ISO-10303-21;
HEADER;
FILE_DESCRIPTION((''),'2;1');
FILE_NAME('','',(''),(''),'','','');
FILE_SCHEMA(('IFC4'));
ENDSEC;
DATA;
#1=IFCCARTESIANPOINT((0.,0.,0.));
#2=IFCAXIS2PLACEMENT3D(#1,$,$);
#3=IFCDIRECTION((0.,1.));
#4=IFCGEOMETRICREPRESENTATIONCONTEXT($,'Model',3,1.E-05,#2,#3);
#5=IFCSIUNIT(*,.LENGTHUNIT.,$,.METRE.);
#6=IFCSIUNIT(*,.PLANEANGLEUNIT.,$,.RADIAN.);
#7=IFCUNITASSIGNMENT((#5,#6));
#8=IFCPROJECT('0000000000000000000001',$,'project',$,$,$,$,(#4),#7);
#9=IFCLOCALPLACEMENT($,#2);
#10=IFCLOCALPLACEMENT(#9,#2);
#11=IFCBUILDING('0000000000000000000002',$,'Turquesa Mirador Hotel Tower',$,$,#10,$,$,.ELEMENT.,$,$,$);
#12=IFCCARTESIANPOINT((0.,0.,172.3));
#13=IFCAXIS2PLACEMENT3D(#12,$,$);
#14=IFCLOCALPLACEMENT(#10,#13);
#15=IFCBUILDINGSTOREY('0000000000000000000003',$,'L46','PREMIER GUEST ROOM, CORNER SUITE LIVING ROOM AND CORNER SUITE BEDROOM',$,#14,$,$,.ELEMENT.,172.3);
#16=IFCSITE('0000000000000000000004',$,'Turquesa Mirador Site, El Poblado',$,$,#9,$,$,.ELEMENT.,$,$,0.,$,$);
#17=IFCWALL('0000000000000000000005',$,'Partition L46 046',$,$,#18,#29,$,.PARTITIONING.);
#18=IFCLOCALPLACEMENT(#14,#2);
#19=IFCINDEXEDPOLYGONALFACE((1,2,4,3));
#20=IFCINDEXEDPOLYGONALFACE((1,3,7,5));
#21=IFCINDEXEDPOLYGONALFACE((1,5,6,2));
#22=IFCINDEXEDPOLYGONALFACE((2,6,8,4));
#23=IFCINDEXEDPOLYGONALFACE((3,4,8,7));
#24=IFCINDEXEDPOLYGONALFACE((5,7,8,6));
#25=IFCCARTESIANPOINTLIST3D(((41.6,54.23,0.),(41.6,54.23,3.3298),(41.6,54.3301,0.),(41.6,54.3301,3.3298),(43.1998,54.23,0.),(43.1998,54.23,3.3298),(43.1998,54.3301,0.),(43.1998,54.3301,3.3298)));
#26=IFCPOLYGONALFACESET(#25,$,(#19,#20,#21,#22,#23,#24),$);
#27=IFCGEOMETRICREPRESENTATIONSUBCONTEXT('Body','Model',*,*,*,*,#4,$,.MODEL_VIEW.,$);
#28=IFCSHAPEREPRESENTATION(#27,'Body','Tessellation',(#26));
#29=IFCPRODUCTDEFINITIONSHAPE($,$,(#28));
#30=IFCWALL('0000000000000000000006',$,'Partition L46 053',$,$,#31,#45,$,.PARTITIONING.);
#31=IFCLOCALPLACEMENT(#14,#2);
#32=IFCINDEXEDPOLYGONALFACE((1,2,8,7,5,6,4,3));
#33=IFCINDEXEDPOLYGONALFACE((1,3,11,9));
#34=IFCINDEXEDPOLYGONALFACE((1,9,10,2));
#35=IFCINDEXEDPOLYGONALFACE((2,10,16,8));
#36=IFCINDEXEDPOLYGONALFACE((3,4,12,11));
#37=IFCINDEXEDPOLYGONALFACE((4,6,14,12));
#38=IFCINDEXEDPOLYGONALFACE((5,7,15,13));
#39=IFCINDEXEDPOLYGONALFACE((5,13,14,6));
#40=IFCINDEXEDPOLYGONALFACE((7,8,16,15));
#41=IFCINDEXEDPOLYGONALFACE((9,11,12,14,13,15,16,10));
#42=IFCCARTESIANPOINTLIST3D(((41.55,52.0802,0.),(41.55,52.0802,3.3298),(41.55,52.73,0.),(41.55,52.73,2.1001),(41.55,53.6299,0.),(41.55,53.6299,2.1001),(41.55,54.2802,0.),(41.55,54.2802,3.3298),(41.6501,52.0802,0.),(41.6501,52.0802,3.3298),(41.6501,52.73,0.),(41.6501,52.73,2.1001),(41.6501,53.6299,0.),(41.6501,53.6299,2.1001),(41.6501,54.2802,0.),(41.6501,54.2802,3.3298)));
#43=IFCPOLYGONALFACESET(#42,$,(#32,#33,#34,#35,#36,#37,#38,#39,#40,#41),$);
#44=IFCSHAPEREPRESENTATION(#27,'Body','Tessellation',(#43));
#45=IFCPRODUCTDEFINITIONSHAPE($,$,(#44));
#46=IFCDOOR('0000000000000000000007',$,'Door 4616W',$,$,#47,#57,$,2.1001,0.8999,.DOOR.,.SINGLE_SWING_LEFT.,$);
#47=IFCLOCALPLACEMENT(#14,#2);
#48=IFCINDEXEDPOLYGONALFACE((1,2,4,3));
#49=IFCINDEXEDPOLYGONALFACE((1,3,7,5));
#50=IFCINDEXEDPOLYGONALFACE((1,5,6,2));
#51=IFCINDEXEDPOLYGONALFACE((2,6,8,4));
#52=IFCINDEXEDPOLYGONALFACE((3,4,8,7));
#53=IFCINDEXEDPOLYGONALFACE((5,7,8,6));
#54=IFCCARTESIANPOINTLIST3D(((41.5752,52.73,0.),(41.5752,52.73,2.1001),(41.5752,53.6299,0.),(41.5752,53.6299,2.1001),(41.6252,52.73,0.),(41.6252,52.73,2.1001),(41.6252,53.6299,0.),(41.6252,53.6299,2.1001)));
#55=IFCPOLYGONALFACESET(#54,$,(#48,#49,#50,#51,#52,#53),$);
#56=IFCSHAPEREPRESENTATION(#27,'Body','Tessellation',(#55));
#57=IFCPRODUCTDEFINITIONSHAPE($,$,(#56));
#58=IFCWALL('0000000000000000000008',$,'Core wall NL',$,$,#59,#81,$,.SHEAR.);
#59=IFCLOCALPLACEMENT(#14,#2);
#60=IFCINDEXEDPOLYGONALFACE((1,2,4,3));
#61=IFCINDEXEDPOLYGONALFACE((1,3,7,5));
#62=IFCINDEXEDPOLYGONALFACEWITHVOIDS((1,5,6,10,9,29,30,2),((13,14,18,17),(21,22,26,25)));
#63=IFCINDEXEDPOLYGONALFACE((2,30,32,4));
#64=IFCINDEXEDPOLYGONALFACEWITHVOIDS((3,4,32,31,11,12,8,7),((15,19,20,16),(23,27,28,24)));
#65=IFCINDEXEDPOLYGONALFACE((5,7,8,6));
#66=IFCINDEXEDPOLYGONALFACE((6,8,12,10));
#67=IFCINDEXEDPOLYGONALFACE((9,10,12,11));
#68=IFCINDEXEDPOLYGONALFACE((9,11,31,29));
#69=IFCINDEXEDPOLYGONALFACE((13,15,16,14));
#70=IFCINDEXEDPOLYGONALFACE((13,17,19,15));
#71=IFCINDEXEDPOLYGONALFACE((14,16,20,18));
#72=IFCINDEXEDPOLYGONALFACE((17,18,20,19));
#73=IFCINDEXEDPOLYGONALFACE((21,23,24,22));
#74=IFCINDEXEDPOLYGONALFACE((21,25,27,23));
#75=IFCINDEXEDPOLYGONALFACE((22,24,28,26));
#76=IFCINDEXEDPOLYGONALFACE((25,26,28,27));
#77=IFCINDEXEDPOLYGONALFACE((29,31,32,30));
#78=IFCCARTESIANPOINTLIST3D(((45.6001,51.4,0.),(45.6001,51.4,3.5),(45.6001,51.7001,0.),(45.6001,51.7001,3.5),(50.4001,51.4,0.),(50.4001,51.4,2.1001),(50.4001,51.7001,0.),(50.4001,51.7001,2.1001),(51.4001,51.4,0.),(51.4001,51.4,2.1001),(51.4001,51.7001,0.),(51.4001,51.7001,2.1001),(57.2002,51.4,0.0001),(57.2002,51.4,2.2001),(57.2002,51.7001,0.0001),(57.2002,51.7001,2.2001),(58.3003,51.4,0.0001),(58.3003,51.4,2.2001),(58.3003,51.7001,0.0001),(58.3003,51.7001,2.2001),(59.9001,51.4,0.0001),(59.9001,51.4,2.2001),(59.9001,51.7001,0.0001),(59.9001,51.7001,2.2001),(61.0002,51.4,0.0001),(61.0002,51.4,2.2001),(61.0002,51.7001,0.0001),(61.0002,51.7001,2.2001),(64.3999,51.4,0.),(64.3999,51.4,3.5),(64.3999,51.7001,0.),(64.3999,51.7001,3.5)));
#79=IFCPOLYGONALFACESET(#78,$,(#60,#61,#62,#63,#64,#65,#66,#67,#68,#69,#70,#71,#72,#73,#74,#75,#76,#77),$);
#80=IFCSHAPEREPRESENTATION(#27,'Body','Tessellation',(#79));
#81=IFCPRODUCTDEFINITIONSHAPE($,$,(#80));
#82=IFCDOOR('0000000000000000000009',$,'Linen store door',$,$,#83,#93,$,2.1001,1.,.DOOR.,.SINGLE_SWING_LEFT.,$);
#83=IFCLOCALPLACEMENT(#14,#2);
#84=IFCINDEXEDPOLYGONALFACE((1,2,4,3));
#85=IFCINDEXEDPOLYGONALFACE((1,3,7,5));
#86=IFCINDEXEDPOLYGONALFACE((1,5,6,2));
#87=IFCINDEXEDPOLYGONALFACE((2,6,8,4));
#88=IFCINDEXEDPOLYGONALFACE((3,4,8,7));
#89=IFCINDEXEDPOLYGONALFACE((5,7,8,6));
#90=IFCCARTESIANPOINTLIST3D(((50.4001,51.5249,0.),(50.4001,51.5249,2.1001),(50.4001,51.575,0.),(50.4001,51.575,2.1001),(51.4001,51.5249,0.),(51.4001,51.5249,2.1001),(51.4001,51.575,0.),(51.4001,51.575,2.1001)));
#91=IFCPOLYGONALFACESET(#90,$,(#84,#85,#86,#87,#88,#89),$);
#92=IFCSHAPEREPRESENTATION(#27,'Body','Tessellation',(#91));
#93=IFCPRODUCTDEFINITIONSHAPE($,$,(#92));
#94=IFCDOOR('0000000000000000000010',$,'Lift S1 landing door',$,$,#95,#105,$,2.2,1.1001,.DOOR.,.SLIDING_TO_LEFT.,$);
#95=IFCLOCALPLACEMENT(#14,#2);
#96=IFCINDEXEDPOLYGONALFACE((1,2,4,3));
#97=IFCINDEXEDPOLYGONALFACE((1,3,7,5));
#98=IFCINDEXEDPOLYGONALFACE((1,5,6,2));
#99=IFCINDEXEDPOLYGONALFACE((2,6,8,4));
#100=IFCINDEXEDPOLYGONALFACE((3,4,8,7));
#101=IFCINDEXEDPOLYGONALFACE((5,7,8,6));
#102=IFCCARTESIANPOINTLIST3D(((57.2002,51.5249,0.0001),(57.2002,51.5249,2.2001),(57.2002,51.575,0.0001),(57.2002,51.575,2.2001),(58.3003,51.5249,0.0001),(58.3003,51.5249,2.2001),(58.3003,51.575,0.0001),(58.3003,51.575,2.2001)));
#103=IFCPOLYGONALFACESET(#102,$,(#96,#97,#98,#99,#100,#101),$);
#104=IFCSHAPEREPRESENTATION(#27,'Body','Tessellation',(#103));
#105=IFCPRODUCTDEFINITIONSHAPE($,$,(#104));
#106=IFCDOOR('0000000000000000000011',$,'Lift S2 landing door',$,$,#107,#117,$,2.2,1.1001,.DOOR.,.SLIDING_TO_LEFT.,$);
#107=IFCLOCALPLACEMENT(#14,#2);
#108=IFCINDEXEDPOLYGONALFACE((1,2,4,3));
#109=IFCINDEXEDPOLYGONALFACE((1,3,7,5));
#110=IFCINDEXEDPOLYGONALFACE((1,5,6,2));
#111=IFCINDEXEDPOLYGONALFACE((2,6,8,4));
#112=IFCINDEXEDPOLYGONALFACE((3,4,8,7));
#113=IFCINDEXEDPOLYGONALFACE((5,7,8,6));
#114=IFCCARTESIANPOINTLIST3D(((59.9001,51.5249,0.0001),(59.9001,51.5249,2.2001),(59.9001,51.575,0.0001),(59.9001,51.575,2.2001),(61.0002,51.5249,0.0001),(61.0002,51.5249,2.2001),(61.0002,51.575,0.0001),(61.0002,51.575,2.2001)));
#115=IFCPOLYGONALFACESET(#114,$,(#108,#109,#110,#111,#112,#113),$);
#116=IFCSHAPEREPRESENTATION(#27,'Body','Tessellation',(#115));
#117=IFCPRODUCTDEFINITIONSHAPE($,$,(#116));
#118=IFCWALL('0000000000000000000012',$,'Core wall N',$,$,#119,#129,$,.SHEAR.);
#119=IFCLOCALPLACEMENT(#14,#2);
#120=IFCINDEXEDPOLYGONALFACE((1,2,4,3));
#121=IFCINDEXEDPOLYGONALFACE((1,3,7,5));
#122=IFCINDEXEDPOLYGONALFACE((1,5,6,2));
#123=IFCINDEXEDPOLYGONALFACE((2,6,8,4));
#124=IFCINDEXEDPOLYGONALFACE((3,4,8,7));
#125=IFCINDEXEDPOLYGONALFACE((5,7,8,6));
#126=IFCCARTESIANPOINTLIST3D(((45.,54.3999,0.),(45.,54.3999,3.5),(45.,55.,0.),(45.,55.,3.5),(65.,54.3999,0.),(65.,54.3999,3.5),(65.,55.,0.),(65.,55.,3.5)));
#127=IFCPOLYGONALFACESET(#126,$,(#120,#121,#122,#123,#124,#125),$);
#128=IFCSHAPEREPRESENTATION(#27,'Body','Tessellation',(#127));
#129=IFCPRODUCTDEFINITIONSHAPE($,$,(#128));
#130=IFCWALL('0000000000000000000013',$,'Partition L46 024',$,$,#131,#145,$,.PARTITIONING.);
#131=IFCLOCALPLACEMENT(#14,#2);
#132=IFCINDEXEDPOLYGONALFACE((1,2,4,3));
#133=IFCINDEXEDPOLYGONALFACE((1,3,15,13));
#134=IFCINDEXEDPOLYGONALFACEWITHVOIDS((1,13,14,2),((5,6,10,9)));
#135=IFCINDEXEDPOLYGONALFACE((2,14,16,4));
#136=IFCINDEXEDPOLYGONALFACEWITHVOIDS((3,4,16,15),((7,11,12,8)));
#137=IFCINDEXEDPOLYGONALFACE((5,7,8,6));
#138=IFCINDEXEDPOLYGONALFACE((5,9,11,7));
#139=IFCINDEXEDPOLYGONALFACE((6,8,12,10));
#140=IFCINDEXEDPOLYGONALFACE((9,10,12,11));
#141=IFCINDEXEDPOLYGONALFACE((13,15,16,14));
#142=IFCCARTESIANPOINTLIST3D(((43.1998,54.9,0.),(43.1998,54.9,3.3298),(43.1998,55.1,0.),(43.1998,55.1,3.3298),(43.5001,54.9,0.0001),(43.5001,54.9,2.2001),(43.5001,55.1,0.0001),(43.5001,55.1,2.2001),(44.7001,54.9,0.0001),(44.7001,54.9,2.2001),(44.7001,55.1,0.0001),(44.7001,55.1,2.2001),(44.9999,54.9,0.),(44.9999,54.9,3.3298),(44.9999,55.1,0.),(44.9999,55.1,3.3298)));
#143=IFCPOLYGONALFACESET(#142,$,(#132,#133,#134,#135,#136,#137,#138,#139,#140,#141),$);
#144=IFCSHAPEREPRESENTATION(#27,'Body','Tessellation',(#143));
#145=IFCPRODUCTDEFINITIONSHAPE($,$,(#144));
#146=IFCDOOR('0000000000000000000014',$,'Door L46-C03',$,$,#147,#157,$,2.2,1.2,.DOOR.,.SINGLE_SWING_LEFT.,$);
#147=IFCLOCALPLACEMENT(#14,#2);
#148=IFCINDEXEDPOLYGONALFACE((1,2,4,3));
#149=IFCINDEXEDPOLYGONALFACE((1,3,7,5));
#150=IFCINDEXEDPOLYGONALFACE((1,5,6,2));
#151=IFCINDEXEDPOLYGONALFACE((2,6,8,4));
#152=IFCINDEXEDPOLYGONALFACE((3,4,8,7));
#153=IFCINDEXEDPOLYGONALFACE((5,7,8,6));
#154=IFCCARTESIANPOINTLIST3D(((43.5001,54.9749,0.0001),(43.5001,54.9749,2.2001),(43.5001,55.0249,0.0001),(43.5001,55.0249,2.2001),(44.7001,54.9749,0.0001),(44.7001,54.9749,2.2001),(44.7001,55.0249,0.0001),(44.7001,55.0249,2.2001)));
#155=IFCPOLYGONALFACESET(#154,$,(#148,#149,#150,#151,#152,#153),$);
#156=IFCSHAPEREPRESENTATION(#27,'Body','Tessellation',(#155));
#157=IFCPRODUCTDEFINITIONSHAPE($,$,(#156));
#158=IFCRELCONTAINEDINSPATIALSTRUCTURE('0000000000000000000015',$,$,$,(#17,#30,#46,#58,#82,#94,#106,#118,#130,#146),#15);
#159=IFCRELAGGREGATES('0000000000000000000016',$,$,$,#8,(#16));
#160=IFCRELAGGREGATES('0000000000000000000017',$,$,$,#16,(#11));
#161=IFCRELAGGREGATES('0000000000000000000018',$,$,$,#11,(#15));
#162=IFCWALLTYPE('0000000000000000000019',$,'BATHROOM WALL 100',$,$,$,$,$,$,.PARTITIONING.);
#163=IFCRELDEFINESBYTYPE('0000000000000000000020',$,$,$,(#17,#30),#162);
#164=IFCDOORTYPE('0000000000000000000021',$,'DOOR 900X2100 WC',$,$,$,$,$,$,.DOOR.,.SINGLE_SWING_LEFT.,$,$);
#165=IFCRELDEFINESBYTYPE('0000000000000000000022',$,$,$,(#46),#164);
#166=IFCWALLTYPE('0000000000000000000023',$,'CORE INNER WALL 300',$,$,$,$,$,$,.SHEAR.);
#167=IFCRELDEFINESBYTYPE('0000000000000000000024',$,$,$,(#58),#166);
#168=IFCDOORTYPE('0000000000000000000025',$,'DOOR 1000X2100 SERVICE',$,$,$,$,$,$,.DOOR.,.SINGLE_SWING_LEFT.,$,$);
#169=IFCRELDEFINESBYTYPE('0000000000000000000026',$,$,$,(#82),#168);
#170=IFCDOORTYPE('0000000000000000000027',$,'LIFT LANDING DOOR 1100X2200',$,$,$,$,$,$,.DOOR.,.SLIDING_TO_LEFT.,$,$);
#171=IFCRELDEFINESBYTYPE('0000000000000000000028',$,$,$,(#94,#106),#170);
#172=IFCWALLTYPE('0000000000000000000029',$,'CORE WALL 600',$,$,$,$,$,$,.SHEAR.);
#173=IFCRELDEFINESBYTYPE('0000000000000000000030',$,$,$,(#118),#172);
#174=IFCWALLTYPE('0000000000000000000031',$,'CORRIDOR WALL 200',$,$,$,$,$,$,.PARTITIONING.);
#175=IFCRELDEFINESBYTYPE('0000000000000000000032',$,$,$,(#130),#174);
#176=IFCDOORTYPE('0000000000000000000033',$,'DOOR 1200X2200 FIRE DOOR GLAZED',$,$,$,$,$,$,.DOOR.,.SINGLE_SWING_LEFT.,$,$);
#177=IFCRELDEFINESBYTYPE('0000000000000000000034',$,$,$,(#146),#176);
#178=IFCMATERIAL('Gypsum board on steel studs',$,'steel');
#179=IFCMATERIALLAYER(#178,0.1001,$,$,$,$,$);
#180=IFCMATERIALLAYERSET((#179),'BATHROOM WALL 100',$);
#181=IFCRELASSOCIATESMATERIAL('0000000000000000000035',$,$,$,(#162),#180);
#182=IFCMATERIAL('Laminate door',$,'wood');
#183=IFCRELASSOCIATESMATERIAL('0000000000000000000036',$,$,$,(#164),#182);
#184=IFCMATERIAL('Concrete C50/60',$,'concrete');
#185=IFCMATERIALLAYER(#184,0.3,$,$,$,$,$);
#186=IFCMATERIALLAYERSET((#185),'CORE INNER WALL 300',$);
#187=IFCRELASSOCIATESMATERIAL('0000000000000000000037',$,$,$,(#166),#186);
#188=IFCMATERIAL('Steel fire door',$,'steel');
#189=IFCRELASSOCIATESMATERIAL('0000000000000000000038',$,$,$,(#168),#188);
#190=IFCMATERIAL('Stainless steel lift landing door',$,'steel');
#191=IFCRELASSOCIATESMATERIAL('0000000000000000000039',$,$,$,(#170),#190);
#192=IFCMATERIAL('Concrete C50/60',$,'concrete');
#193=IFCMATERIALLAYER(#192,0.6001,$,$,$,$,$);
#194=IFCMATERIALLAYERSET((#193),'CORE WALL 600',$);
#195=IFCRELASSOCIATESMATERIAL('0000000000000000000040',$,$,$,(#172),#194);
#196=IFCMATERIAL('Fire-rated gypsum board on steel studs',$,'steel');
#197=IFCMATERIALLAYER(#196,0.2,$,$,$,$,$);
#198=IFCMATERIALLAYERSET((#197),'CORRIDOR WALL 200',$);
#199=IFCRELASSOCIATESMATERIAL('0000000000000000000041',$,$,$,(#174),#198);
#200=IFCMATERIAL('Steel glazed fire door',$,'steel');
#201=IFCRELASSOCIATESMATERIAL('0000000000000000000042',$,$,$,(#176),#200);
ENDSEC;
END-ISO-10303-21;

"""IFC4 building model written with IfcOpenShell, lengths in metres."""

from ifc_helpers import new_model, si_unit, direction, frame, frame_2d, origin, place, context, subcontext, project, spatial, rectangle, extrude, material, layer, layer_set, type_object, element, fill, save


model = new_model("IFC4")

# Units and contexts
model_context = context("Model", 3, precision=1e-05, world=origin(), true_north=direction((0.0, 1.0)))
body_context = subcontext(model_context, "Body", "Model", "MODEL_VIEW")
ifc_project = project(units=[si_unit("LENGTHUNIT", "METRE"), si_unit("PLANEANGLEUNIT", "RADIAN")], contexts=[model_context])

# Site, building, storey
site_placement = place(None, origin())
site = spatial("IfcSite", under=ifc_project, at=site_placement, Name="Turquesa Mirador Site, El Poblado", CompositionType="ELEMENT", RefElevation=0.0)
building_placement = place(site_placement, origin())
building = spatial("IfcBuilding", under=site, at=building_placement, Name="Turquesa Mirador Hotel Tower", CompositionType="ELEMENT")
storey_placement = place(building_placement, frame((0.0, 0.0, 172.3)))
storey = spatial("IfcBuildingStorey", under=building, at=storey_placement, Name="L46", Description="PREMIER GUEST ROOM, CORNER SUITE LIVING ROOM AND CORNER SUITE BEDROOM", CompositionType="ELEMENT", Elevation=172.3)

# Wall
ifc_material_1 = material(Name="Gypsum board on steel studs", Category="steel")
ifc_layer_1 = layer(ifc_material_1, 0.1001)
ifc_layer_set_1 = layer_set([ifc_layer_1], Name="BATHROOM WALL 100")
wall_type_1 = type_object("IfcWallType", Name="BATHROOM WALL 100", PredefinedType="PARTITIONING", material=ifc_layer_set_1)
wall_1_placement = place(storey_placement, frame((41.6001, 54.28, 0.0), z_axis=(0.0, 0.0, 1.0), x_axis=(1.0, 0.0, 0.0)))
element("IfcWall", 1, at=wall_1_placement, inside=storey, type_object=wall_type_1, Name="Partition L46 046", PredefinedType="PARTITIONING", context=body_context, shape_type="SweptSolid", body=[
    extrude(rectangle(XDim=1.5999, YDim=0.1001, at=frame_2d((0.7998, 0.0))), origin(), (0.0, 0.0, 1.0), 3.3298),
])

# Wall, opening, door
wall_2_placement = place(storey_placement, frame((41.6001, 52.0801, 0.0), z_axis=(0.0, 0.0, 1.0), x_axis=(0.0, 1.0, 0.0)))
wall_2 = element("IfcWall", 2, at=wall_2_placement, inside=storey, type_object=wall_type_1, Name="Partition L46 053", PredefinedType="PARTITIONING", context=body_context, shape_type="SweptSolid", body=[
    extrude(rectangle(XDim=2.2, YDim=0.1001, at=frame_2d((1.1001, 0.0))), origin(), (0.0, 0.0, 1.0), 3.3298),
])
opening_1_placement = place(wall_2_placement, frame((0.6499, 0.0, 0.0)))
opening_1 = element("IfcOpeningElement", 3, at=opening_1_placement, cuts=wall_2, PredefinedType="OPENING", context=body_context, shape_type="SweptSolid", body=[
    extrude(rectangle(XDim=0.8999, YDim=2.1001, at=frame_2d((0.45, 1.05))), frame((0.0, 0.0601, 0.0), z_axis=(0.0, -1.0, 0.0), x_axis=(1.0, 0.0, 0.0)), (0.0, 0.0, 1.0), 0.1201),
])
ifc_material_2 = material(Name="Laminate door", Category="wood")
door_type_1 = type_object("IfcDoorType", Name="DOOR 900X2100 WC", OperationType="SINGLE_SWING_LEFT", PredefinedType="DOOR", material=ifc_material_2)
door_1_placement = place(opening_1_placement, origin())
door_1 = element("IfcDoor", 4, at=door_1_placement, inside=storey, type_object=door_type_1, Name="Door 4616W", OperationType="SINGLE_SWING_LEFT", OverallHeight=2.1001, OverallWidth=0.8999, PredefinedType="DOOR", context=body_context, shape_type="SweptSolid", body=[
    extrude(rectangle(XDim=0.8999, YDim=2.1001, at=frame_2d((0.45, 1.05))), frame((0.0, 0.0249, 0.0), z_axis=(0.0, -1.0, 0.0), x_axis=(1.0, 0.0, 0.0)), (0.0, 0.0, 1.0), 0.05),
])
fill(opening_1, door_1)

# Wall, openings, doors
ifc_material_3 = material(Name="Concrete C50/60", Category="concrete")
ifc_layer_2 = layer(ifc_material_3, 0.3)
ifc_layer_set_2 = layer_set([ifc_layer_2], Name="CORE INNER WALL 300")
wall_type_2 = type_object("IfcWallType", Name="CORE INNER WALL 300", PredefinedType="SHEAR", material=ifc_layer_set_2)
wall_3_placement = place(storey_placement, frame((45.6001, 51.55, 0.0), z_axis=(0.0, 0.0, 1.0), x_axis=(1.0, 0.0, 0.0)))
wall_3 = element("IfcWall", 5, at=wall_3_placement, inside=storey, type_object=wall_type_2, Name="Core wall NL", PredefinedType="SHEAR", context=body_context, shape_type="SweptSolid", body=[
    extrude(rectangle(XDim=18.7998, YDim=0.3, at=frame_2d((9.3999, 0.0))), origin(), (0.0, 0.0, 1.0), 3.5),
])
opening_2_placement = place(wall_3_placement, frame((4.8, 0.0, 0.0)))
opening_2 = element("IfcOpeningElement", 6, at=opening_2_placement, cuts=wall_3, PredefinedType="OPENING", context=body_context, shape_type="SweptSolid", body=[
    extrude(rectangle(XDim=1.0, YDim=2.1001, at=frame_2d((0.5, 1.05))), frame((0.0, 0.1599, 0.0), z_axis=(0.0, -1.0, 0.0), x_axis=(1.0, 0.0, 0.0)), (0.0, 0.0, 1.0), 0.3201),
])
opening_3_placement = place(wall_3_placement, frame((11.6001, 0.0, 0.0)))
opening_3 = element("IfcOpeningElement", 7, at=opening_3_placement, cuts=wall_3, PredefinedType="OPENING", context=body_context, shape_type="SweptSolid", body=[
    extrude(rectangle(XDim=1.1001, YDim=2.2, at=frame_2d((0.55, 1.1001))), frame((0.0, 0.1599, 0.0), z_axis=(0.0, -1.0, 0.0), x_axis=(1.0, 0.0, 0.0)), (0.0, 0.0, 1.0), 0.3201),
])
opening_4_placement = place(wall_3_placement, frame((14.3, 0.0, 0.0)))
opening_4 = element("IfcOpeningElement", 8, at=opening_4_placement, cuts=wall_3, PredefinedType="OPENING", context=body_context, shape_type="SweptSolid", body=[
    extrude(rectangle(XDim=1.1001, YDim=2.2, at=frame_2d((0.55, 1.1001))), frame((0.0, 0.1599, 0.0), z_axis=(0.0, -1.0, 0.0), x_axis=(1.0, 0.0, 0.0)), (0.0, 0.0, 1.0), 0.3201),
])
ifc_material_4 = material(Name="Steel fire door", Category="steel")
door_type_2 = type_object("IfcDoorType", Name="DOOR 1000X2100 SERVICE", OperationType="SINGLE_SWING_LEFT", PredefinedType="DOOR", material=ifc_material_4)
door_2_placement = place(opening_2_placement, origin())
door_2 = element("IfcDoor", 9, at=door_2_placement, inside=storey, type_object=door_type_2, Name="Linen store door", OperationType="SINGLE_SWING_LEFT", OverallHeight=2.1001, OverallWidth=1.0, PredefinedType="DOOR", context=body_context, shape_type="SweptSolid", body=[
    extrude(rectangle(XDim=1.0, YDim=2.1001, at=frame_2d((0.5, 1.05))), frame((0.0, 0.0249, 0.0), z_axis=(0.0, -1.0, 0.0), x_axis=(1.0, 0.0, 0.0)), (0.0, 0.0, 1.0), 0.05),
])
fill(opening_2, door_2)
ifc_material_5 = material(Name="Stainless steel lift landing door", Category="steel")
door_type_3 = type_object("IfcDoorType", Name="LIFT LANDING DOOR 1100X2200", OperationType="SLIDING_TO_LEFT", PredefinedType="DOOR", material=ifc_material_5)
door_3_placement = place(opening_3_placement, origin())
door_3 = element("IfcDoor", 10, at=door_3_placement, inside=storey, type_object=door_type_3, Name="Lift S1 landing door", OperationType="SLIDING_TO_LEFT", OverallHeight=2.2, OverallWidth=1.1001, PredefinedType="DOOR", context=body_context, shape_type="SweptSolid", body=[
    extrude(rectangle(XDim=1.1001, YDim=2.2, at=frame_2d((0.55, 1.1001))), frame((0.0, 0.0249, 0.0), z_axis=(0.0, -1.0, 0.0), x_axis=(1.0, 0.0, 0.0)), (0.0, 0.0, 1.0), 0.05),
])
fill(opening_3, door_3)
door_4_placement = place(opening_4_placement, origin())
door_4 = element("IfcDoor", 11, at=door_4_placement, inside=storey, type_object=door_type_3, Name="Lift S2 landing door", OperationType="SLIDING_TO_LEFT", OverallHeight=2.2, OverallWidth=1.1001, PredefinedType="DOOR", context=body_context, shape_type="SweptSolid", body=[
    extrude(rectangle(XDim=1.1001, YDim=2.2, at=frame_2d((0.55, 1.1001))), frame((0.0, 0.0249, 0.0), z_axis=(0.0, -1.0, 0.0), x_axis=(1.0, 0.0, 0.0)), (0.0, 0.0, 1.0), 0.05),
])
fill(opening_4, door_4)

# Wall
ifc_material_6 = material(Name="Concrete C50/60", Category="concrete")
ifc_layer_3 = layer(ifc_material_6, 0.6001)
ifc_layer_set_3 = layer_set([ifc_layer_3], Name="CORE WALL 600")
wall_type_3 = type_object("IfcWallType", Name="CORE WALL 600", PredefinedType="SHEAR", material=ifc_layer_set_3)
wall_4_placement = place(storey_placement, frame((45.0, 54.7, 0.0), z_axis=(0.0, 0.0, 1.0), x_axis=(1.0, 0.0, 0.0)))
element("IfcWall", 12, at=wall_4_placement, inside=storey, type_object=wall_type_3, Name="Core wall N", PredefinedType="SHEAR", context=body_context, shape_type="SweptSolid", body=[
    extrude(rectangle(XDim=20.0, YDim=0.6001, at=frame_2d((10.0, 0.0))), origin(), (0.0, 0.0, 1.0), 3.5),
])

# Wall, opening, door
ifc_material_7 = material(Name="Fire-rated gypsum board on steel studs", Category="steel")
ifc_layer_4 = layer(ifc_material_7, 0.2)
ifc_layer_set_4 = layer_set([ifc_layer_4], Name="CORRIDOR WALL 200")
wall_type_4 = type_object("IfcWallType", Name="CORRIDOR WALL 200", PredefinedType="PARTITIONING", material=ifc_layer_set_4)
wall_5_placement = place(storey_placement, frame((43.2, 55.0, 0.0), z_axis=(0.0, 0.0, 1.0), x_axis=(1.0, 0.0, 0.0)))
wall_5 = element("IfcWall", 13, at=wall_5_placement, inside=storey, type_object=wall_type_4, Name="Partition L46 024", PredefinedType="PARTITIONING", context=body_context, shape_type="SweptSolid", body=[
    extrude(rectangle(XDim=1.8, YDim=0.2, at=frame_2d((0.8999, 0.0))), origin(), (0.0, 0.0, 1.0), 3.3298),
])
opening_5_placement = place(wall_5_placement, frame((0.3, 0.0, 0.0)))
opening_5 = element("IfcOpeningElement", 14, at=opening_5_placement, cuts=wall_5, PredefinedType="OPENING", context=body_context, shape_type="SweptSolid", body=[
    extrude(rectangle(XDim=1.2, YDim=2.2, at=frame_2d((0.6001, 1.1001))), frame((0.0, 0.1099, 0.0), z_axis=(0.0, -1.0, 0.0), x_axis=(1.0, 0.0, 0.0)), (0.0, 0.0, 1.0), 0.22),
])
ifc_material_8 = material(Name="Steel glazed fire door", Category="steel")
door_type_4 = type_object("IfcDoorType", Name="DOOR 1200X2200 FIRE DOOR GLAZED", OperationType="SINGLE_SWING_LEFT", PredefinedType="DOOR", material=ifc_material_8)
door_5_placement = place(opening_5_placement, origin())
door_5 = element("IfcDoor", 15, at=door_5_placement, inside=storey, type_object=door_type_4, Name="Door L46-C03", OperationType="SINGLE_SWING_LEFT", OverallHeight=2.2, OverallWidth=1.2, PredefinedType="DOOR", context=body_context, shape_type="SweptSolid", body=[
    extrude(rectangle(XDim=1.2, YDim=2.2, at=frame_2d((0.6001, 1.1001))), frame((0.0, 0.0249, 0.0), z_axis=(0.0, -1.0, 0.0), x_axis=(1.0, 0.0, 0.0)), (0.0, 0.0, 1.0), 0.05),
])
fill(opening_5, door_5)

save(model, "model.ifc")
